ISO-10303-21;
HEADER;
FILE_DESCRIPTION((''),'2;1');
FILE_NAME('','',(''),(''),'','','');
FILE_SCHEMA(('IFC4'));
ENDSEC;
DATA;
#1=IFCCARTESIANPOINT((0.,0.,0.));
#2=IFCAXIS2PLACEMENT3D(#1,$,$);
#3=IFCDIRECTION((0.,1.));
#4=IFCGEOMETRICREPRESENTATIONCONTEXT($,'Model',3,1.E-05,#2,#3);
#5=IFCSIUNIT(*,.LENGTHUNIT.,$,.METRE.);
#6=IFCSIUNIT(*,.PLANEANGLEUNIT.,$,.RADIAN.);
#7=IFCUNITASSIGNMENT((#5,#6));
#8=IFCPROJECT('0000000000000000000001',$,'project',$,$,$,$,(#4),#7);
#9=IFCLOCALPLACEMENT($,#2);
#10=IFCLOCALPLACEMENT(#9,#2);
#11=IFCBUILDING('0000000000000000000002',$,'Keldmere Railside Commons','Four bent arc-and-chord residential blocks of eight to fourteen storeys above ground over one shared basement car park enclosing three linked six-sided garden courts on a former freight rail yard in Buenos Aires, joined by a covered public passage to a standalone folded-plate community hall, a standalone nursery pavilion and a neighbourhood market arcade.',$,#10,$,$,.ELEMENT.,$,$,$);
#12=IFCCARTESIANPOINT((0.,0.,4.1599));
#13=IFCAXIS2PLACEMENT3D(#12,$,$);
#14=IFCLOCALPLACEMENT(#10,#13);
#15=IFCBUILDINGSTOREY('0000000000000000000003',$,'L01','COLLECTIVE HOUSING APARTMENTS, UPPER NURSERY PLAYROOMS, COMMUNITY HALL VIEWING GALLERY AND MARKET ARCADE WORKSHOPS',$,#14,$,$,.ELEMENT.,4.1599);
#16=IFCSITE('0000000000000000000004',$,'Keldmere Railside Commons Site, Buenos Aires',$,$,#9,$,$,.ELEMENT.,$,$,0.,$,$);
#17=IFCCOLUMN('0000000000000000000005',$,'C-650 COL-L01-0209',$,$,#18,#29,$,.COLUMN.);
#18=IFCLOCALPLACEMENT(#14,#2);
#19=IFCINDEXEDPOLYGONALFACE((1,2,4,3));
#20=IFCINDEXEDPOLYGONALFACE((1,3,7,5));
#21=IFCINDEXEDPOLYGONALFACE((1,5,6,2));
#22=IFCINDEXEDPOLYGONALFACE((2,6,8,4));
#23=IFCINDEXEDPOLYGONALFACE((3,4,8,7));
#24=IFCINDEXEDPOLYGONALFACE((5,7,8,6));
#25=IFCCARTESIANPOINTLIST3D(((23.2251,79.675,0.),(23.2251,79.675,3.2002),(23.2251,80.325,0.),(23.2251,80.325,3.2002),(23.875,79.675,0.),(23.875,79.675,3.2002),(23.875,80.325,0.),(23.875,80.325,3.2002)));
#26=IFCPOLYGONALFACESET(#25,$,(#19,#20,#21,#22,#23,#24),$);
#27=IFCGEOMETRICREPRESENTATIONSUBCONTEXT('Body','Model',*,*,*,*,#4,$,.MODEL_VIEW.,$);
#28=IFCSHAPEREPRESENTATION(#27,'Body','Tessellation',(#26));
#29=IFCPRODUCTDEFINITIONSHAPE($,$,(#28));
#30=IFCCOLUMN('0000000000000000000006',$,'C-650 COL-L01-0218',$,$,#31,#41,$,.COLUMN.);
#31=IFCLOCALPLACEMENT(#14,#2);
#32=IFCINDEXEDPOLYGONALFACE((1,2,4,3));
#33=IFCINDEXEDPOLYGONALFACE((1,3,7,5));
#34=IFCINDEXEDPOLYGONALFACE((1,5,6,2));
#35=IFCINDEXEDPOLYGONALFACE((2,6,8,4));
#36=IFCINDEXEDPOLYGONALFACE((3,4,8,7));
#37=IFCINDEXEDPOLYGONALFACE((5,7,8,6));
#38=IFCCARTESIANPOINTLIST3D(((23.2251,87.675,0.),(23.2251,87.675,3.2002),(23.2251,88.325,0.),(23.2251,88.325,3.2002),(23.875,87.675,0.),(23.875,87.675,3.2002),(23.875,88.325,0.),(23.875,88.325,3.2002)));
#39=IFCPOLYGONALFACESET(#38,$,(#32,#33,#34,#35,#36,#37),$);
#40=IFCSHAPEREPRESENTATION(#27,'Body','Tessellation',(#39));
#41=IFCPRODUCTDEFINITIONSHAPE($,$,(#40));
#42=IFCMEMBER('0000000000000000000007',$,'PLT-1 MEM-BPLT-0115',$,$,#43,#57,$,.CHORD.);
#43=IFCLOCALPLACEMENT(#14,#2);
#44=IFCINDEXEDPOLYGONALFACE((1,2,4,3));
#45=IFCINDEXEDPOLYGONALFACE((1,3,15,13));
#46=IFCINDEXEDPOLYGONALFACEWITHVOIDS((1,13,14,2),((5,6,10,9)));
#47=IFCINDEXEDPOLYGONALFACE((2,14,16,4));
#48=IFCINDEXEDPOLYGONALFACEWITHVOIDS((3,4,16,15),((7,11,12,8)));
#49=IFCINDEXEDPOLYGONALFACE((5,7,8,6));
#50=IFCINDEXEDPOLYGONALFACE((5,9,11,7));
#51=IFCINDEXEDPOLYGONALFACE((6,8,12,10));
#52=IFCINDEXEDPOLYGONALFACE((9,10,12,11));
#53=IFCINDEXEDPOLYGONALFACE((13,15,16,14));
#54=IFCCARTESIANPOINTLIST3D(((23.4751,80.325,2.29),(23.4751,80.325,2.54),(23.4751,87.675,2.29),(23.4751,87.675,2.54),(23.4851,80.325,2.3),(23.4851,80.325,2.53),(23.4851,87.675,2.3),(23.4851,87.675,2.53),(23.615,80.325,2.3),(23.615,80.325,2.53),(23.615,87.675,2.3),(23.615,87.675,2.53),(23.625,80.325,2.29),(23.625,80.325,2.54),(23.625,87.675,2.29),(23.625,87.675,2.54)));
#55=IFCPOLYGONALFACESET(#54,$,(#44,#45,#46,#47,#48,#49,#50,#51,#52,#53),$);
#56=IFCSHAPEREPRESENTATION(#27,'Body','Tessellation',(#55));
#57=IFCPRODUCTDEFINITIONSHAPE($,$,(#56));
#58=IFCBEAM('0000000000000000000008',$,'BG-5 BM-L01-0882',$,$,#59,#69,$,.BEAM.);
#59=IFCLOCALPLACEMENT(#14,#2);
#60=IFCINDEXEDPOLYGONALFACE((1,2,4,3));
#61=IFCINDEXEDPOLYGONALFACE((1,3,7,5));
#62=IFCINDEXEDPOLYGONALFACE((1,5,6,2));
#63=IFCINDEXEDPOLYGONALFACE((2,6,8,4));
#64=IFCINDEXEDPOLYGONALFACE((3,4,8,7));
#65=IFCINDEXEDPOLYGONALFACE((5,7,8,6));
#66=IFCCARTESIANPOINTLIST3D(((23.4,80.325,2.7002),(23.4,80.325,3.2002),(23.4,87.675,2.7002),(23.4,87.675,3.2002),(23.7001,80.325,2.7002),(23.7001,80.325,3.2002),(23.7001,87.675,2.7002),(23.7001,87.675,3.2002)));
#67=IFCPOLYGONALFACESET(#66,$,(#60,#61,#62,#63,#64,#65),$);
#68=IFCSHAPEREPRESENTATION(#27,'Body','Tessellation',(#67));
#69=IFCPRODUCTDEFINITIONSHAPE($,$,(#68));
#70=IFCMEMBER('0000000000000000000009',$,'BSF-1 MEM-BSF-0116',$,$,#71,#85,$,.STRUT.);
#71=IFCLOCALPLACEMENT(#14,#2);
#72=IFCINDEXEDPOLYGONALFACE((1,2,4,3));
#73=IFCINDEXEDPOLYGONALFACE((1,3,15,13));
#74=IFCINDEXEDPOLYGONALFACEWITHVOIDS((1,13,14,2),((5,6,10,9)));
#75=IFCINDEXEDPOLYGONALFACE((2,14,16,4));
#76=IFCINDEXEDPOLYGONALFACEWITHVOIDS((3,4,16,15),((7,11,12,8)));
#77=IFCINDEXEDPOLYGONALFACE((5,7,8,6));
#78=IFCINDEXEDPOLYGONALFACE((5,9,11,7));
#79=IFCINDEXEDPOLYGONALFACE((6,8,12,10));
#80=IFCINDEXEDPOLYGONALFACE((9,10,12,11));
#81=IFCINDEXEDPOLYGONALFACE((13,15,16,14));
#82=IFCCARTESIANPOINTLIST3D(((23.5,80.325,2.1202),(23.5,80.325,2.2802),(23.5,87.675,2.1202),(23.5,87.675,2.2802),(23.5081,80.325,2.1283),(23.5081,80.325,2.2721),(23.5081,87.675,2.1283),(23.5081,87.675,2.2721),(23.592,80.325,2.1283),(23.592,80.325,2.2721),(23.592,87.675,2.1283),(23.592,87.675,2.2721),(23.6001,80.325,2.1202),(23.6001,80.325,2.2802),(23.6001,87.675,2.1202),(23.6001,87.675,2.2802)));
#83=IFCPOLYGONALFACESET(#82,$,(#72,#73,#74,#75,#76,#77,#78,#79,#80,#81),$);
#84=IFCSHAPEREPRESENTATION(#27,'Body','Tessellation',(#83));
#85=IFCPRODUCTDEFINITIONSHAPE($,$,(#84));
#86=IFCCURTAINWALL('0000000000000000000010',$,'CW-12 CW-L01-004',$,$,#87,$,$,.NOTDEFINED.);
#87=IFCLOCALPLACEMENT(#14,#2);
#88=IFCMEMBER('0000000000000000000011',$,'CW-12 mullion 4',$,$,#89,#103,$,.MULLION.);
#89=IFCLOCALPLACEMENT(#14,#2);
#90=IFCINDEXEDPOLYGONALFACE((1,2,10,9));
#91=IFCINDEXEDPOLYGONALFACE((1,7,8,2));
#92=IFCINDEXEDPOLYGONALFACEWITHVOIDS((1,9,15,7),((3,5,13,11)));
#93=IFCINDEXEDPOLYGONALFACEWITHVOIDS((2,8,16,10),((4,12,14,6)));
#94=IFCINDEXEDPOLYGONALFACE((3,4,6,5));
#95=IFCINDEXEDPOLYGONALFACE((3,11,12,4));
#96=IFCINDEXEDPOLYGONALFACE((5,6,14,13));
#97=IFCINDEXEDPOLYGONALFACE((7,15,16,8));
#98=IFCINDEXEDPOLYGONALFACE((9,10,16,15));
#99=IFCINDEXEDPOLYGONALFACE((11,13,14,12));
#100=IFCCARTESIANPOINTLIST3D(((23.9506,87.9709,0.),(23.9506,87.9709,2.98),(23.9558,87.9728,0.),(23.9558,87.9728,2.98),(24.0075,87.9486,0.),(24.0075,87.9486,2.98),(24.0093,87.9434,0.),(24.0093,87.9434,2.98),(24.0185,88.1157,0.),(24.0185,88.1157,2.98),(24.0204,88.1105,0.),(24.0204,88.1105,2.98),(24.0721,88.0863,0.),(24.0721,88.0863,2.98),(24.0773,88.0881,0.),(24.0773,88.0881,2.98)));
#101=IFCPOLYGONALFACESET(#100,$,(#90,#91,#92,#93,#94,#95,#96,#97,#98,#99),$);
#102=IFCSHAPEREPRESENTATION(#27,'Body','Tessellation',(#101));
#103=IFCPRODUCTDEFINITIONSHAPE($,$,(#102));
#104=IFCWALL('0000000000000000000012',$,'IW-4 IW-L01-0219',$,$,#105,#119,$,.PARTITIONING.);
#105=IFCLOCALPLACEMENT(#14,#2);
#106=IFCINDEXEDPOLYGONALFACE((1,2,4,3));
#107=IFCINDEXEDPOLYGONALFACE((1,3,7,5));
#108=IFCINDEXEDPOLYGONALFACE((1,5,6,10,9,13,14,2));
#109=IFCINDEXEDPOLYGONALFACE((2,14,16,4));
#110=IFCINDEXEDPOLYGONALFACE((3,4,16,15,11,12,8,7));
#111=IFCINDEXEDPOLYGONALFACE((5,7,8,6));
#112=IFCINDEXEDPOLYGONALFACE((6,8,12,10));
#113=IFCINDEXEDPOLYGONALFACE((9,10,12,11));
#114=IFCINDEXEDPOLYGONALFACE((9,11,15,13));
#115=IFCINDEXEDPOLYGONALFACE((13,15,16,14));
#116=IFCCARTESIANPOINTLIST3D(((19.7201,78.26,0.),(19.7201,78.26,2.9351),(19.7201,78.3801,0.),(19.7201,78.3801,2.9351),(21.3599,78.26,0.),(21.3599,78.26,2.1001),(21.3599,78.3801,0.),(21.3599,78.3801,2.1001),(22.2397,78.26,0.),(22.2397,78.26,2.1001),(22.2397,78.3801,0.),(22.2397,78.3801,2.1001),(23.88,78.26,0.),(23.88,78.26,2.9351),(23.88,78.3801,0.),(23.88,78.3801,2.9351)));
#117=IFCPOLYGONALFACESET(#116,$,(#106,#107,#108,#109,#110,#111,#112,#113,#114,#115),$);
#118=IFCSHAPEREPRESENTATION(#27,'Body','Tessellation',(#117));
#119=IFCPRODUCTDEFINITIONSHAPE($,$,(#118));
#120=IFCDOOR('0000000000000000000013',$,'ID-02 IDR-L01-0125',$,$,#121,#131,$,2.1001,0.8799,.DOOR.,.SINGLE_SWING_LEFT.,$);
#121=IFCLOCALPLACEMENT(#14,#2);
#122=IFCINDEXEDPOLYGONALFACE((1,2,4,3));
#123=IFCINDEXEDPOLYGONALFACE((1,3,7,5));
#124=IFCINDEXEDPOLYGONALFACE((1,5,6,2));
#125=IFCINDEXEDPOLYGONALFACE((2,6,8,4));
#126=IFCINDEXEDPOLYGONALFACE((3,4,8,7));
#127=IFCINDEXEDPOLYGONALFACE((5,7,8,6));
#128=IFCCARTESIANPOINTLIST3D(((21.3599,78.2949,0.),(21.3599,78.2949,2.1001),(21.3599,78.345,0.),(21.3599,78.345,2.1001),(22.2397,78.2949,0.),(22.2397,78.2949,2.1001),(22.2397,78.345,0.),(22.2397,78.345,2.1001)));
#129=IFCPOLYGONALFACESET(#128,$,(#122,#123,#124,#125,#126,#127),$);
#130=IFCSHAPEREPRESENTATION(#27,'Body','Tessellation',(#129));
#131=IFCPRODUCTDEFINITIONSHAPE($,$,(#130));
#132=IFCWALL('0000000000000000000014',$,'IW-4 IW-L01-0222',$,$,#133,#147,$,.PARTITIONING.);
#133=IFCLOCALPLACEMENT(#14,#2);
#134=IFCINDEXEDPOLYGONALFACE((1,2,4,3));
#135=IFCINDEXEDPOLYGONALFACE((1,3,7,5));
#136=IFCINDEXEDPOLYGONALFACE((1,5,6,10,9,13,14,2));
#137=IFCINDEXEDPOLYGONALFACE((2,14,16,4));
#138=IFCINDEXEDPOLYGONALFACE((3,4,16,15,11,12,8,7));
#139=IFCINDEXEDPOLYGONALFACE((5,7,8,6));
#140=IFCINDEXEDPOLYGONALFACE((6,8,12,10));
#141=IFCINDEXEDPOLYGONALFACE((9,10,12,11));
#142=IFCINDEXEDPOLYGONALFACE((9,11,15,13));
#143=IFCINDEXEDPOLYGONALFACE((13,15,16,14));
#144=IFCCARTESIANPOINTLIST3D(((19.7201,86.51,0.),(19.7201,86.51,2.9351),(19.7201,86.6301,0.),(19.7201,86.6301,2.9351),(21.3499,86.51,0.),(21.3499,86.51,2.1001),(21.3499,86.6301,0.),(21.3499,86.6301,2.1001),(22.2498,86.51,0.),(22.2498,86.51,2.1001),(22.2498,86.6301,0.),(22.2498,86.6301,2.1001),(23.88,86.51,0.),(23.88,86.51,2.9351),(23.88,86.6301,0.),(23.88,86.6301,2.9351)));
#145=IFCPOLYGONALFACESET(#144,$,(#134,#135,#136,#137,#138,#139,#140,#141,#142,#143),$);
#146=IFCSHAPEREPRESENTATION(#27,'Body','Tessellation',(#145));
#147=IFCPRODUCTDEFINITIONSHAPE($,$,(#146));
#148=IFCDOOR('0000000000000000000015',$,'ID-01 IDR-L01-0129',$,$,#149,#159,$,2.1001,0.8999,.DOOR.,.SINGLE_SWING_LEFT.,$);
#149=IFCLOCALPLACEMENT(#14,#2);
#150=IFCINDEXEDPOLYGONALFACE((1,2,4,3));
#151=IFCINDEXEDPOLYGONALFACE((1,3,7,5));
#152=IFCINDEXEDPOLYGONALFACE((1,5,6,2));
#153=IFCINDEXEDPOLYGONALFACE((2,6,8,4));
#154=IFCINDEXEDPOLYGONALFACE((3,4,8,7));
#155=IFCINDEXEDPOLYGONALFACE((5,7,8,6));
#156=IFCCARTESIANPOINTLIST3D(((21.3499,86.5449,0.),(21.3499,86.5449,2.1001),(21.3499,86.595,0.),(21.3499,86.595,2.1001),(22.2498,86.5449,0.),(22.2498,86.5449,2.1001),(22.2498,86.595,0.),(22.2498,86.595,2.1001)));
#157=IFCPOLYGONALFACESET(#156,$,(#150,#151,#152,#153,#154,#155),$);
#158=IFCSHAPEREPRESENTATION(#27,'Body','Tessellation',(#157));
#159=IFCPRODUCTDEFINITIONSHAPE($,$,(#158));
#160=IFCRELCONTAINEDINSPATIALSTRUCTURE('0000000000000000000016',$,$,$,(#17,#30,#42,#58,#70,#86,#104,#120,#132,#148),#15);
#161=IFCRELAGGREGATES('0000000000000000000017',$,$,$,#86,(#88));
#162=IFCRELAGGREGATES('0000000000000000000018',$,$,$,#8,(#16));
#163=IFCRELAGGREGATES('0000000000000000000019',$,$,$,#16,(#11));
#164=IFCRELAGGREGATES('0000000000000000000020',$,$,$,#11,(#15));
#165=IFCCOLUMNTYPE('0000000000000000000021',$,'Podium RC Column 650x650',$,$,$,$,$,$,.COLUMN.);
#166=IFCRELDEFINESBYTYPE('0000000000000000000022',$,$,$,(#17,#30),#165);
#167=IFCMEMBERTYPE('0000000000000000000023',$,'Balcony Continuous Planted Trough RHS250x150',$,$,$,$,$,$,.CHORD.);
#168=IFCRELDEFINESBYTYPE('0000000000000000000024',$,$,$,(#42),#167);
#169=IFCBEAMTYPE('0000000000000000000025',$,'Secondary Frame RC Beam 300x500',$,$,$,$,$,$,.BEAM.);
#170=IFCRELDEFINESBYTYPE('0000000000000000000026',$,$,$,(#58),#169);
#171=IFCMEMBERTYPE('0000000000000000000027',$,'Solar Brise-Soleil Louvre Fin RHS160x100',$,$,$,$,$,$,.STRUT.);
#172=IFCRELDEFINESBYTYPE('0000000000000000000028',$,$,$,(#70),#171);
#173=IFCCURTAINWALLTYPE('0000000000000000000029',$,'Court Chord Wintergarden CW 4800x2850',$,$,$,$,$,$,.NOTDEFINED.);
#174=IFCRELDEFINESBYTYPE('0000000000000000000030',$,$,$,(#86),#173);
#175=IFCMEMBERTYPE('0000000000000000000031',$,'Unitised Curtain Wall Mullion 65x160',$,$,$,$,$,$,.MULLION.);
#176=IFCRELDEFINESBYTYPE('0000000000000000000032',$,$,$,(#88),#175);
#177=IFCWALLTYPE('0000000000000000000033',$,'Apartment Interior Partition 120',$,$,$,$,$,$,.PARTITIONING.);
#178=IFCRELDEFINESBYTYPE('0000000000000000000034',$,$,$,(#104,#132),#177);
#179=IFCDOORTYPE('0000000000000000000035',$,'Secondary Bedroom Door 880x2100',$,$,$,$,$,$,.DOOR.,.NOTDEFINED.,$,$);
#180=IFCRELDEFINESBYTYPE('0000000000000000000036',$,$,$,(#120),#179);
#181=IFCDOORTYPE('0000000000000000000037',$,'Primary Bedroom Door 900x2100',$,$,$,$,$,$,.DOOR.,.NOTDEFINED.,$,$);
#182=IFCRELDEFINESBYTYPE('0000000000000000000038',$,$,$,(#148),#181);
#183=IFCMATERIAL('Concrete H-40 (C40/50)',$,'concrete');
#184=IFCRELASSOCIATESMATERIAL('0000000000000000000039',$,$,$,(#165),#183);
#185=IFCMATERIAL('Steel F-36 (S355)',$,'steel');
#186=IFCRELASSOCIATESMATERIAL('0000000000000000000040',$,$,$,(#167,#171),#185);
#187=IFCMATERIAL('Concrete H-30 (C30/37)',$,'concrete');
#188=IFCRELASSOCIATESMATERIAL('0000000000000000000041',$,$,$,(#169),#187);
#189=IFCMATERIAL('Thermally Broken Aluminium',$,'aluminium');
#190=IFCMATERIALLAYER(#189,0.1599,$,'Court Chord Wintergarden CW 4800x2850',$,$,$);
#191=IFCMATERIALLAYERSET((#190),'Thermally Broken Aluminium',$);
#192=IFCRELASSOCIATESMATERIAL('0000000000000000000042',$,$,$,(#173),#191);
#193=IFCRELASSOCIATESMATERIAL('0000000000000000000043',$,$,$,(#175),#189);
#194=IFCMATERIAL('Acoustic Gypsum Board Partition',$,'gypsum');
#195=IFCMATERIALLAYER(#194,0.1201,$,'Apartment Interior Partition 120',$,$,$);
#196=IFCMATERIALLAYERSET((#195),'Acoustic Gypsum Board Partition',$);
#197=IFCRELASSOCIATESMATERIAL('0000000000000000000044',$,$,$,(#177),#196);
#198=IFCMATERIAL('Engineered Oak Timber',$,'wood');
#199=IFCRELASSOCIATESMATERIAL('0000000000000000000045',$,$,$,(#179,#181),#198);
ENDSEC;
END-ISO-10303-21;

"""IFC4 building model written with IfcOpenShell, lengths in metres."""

from ifc_helpers import new_model, si_unit, direction, frame, frame_2d, origin, origin_2d, place, context, subcontext, project, spatial, rectangle, hollow_rectangle, extrude, material, layer, layer_set, material_profile, profile_set, type_object, element, fill, aggregate, save


model = new_model("IFC4")

# Units and contexts
model_context = context("Model", 3, precision=1e-05, world=origin(), true_north=direction((0.0, 1.0)))
body_context = subcontext(model_context, "Body", "Model", "MODEL_VIEW")
ifc_project = project(units=[si_unit("LENGTHUNIT", "METRE"), si_unit("PLANEANGLEUNIT", "RADIAN")], contexts=[model_context])

# Site, building, storey
site_placement = place(None, origin())
site = spatial("IfcSite", under=ifc_project, at=site_placement, Name="Keldmere Railside Commons Site, Buenos Aires", CompositionType="ELEMENT", RefElevation=0.0)
building_placement = place(site_placement, origin())
building = spatial("IfcBuilding", under=site, at=building_placement, Name="Keldmere Railside Commons", Description="Four bent arc-and-chord residential blocks of eight to fourteen storeys above ground over one shared basement car park enclosing three linked six-sided garden courts on a former freight rail yard in Buenos Aires, joined by a covered public passage to a standalone folded-plate community hall, a standalone nursery pavilion and a neighbourhood market arcade.", CompositionType="ELEMENT")
storey_placement = place(building_placement, frame((0.0, 0.0, 4.1599)))
storey = spatial("IfcBuildingStorey", under=building, at=storey_placement, Name="L01", Description="COLLECTIVE HOUSING APARTMENTS, UPPER NURSERY PLAYROOMS, COMMUNITY HALL VIEWING GALLERY AND MARKET ARCADE WORKSHOPS", CompositionType="ELEMENT", Elevation=4.1599)

# Columns
ifc_material_1 = material(Name="Concrete H-40 (C40/50)", Category="concrete")
ifc_material_profile_1 = material_profile(ifc_material_1, rectangle(XDim=0.6499, YDim=0.6499, at=origin_2d()), Name="RC-650x650")
ifc_profile_set_1 = profile_set([ifc_material_profile_1], Name="Concrete H-40 (C40/50)")
column_type = type_object("IfcColumnType", Name="Podium RC Column 650x650", PredefinedType="COLUMN", material=ifc_profile_set_1)
for number, where, z_axis, x_axis, name in (
    (1, (23.55, 80.0, 0.0), (0.0, 0.0, 1.0), (1.0, 0.0, 0.0), "C-650 COL-L01-0209"),
    (2, (23.55, 88.0, 0.0), (0.0, 0.0, 1.0), (1.0, 0.0, 0.0), "C-650 COL-L01-0218"),
):
    element("IfcColumn", number, at=place(storey_placement, frame(where, z_axis=z_axis, x_axis=x_axis)), inside=storey, type_object=column_type, Name=name, PredefinedType="COLUMN", context=body_context, shape_type="SweptSolid", body=[
        extrude(rectangle(XDim=0.6499, YDim=0.6499, at=origin_2d()), origin(), (0.0, 0.0, 1.0), 3.2002),
    ])

# Member
ifc_material_2 = material(Name="Steel F-36 (S355)", Category="steel")
ifc_material_profile_2 = material_profile(ifc_material_2, hollow_rectangle(XDim=0.1499, YDim=0.25, WallThickness=0.01, at=origin_2d()), Name="RHS-250x150x10")
ifc_profile_set_2 = profile_set([ifc_material_profile_2], Name="Steel F-36 (S355)")
member_type_1 = type_object("IfcMemberType", Name="Balcony Continuous Planted Trough RHS250x150", PredefinedType="CHORD", material=ifc_profile_set_2)
member_1_placement = place(storey_placement, frame((23.55, 80.325, 2.415), z_axis=(0.0, 1.0, 0.0), x_axis=(-1.0, 0.0, 0.0)))
element("IfcMember", 3, at=member_1_placement, inside=storey, type_object=member_type_1, Name="PLT-1 MEM-BPLT-0115", PredefinedType="CHORD", context=body_context, shape_type="SweptSolid", body=[
    extrude(hollow_rectangle(XDim=0.1499, YDim=0.25, WallThickness=0.01, at=origin_2d()), origin(), (0.0, 0.0, 1.0), 7.3501),
])

# Beam
ifc_material_3 = material(Name="Concrete H-30 (C30/37)", Category="concrete")
ifc_material_profile_3 = material_profile(ifc_material_3, rectangle(XDim=0.3, YDim=0.5, at=origin_2d()), Name="RC-300x500")
ifc_profile_set_3 = profile_set([ifc_material_profile_3], Name="Concrete H-30 (C30/37)")
beam_type = type_object("IfcBeamType", Name="Secondary Frame RC Beam 300x500", PredefinedType="BEAM", material=ifc_profile_set_3)
beam_placement = place(storey_placement, frame((23.55, 80.325, 2.9502), z_axis=(0.0, 1.0, 0.0), x_axis=(-1.0, 0.0, 0.0)))
element("IfcBeam", 4, at=beam_placement, inside=storey, type_object=beam_type, Name="BG-5 BM-L01-0882", PredefinedType="BEAM", context=body_context, shape_type="SweptSolid", body=[
    extrude(rectangle(XDim=0.3, YDim=0.5, at=origin_2d()), origin(), (0.0, 0.0, 1.0), 7.3501),
])

# Member
ifc_material_profile_4 = material_profile(ifc_material_2, hollow_rectangle(XDim=0.1001, YDim=0.1599, WallThickness=0.0081, at=origin_2d()), Name="RHS-160x100x8")
ifc_profile_set_4 = profile_set([ifc_material_profile_4], Name="Steel F-36 (S355)")
member_type_2 = type_object("IfcMemberType", Name="Solar Brise-Soleil Louvre Fin RHS160x100", PredefinedType="STRUT", material=ifc_profile_set_4)
member_2_placement = place(storey_placement, frame((23.55, 80.325, 2.2002), z_axis=(0.0, 1.0, 0.0), x_axis=(-1.0, 0.0, 0.0)))
element("IfcMember", 5, at=member_2_placement, inside=storey, type_object=member_type_2, Name="BSF-1 MEM-BSF-0116", PredefinedType="STRUT", context=body_context, shape_type="SweptSolid", body=[
    extrude(hollow_rectangle(XDim=0.1001, YDim=0.1599, WallThickness=0.0081, at=origin_2d()), origin(), (0.0, 0.0, 1.0), 7.3501),
])

# Curtain wall, member
ifc_material_4 = material(Name="Thermally Broken Aluminium", Category="aluminium")
ifc_layer_1 = layer(ifc_material_4, 0.1599, Name="Court Chord Wintergarden CW 4800x2850")
ifc_layer_set_1 = layer_set([ifc_layer_1], Name="Thermally Broken Aluminium")
curtain_wall_type = type_object("IfcCurtainWallType", Name="Court Chord Wintergarden CW 4800x2850", PredefinedType="NOTDEFINED", material=ifc_layer_set_1)
curtain_wall_placement = place(storey_placement, origin())
curtain_wall = element("IfcCurtainWall", 6, at=curtain_wall_placement, inside=storey, type_object=curtain_wall_type, Name="CW-12 CW-L01-004", PredefinedType="NOTDEFINED")
ifc_material_profile_5 = material_profile(ifc_material_4, hollow_rectangle(XDim=0.0649, YDim=0.1599, WallThickness=0.0039, at=origin_2d()), Name="ALU-MULL-65x160")
ifc_profile_set_5 = profile_set([ifc_material_profile_5], Name="Thermally Broken Aluminium")
member_type_3 = type_object("IfcMemberType", Name="Unitised Curtain Wall Mullion 65x160", PredefinedType="MULLION", material=ifc_profile_set_5)
member_3_placement = place(storey_placement, frame((24.0139, 88.0295, 0.0), z_axis=(0.0, 0.0, 1.0), x_axis=(0.905306, -0.424759, 0.0)))
member_3 = element("IfcMember", 7, at=member_3_placement, type_object=member_type_3, Name="CW-12 mullion 4", PredefinedType="MULLION", context=body_context, shape_type="SweptSolid", body=[
    extrude(hollow_rectangle(XDim=0.0649, YDim=0.1599, WallThickness=0.0039, at=origin_2d()), origin(), (0.0, 0.0, 1.0), 2.98),
])
aggregate(curtain_wall, [member_3])

# Walls, openings, doors
ifc_material_5 = material(Name="Acoustic Gypsum Board Partition", Category="gypsum")
ifc_layer_2 = layer(ifc_material_5, 0.1201, Name="Apartment Interior Partition 120")
ifc_layer_set_2 = layer_set([ifc_layer_2], Name="Acoustic Gypsum Board Partition")
wall_type_1 = type_object("IfcWallType", Name="Apartment Interior Partition 120", PredefinedType="PARTITIONING", material=ifc_layer_set_2)
wall_1_placement = place(storey_placement, frame((19.72, 78.3201, 0.0), z_axis=(0.0, 0.0, 1.0), x_axis=(1.0, 0.0, 0.0)))
wall_1 = element("IfcWall", 8, at=wall_1_placement, inside=storey, type_object=wall_type_1, Name="IW-4 IW-L01-0219", PredefinedType="PARTITIONING", context=body_context, shape_type="SweptSolid", body=[
    extrude(rectangle(XDim=4.1599, YDim=0.1201, at=frame_2d((2.0801, 0.0))), origin(), (0.0, 0.0, 1.0), 2.9351),
])
opening_1_placement = place(wall_1_placement, frame((1.6399, 0.0, 0.0)))
opening_1 = element("IfcOpeningElement", 9, at=opening_1_placement, cuts=wall_1, PredefinedType="OPENING", context=body_context, shape_type="SweptSolid", body=[
    extrude(rectangle(XDim=0.8799, YDim=2.1001, at=frame_2d((0.4399, 1.05))), frame((0.0, 0.0701, 0.0), z_axis=(0.0, -1.0, 0.0), x_axis=(1.0, 0.0, 0.0)), (0.0, 0.0, 1.0), 0.1401),
])
ifc_material_6 = material(Name="Engineered Oak Timber", Category="wood")
door_type_1 = type_object("IfcDoorType", Name="Secondary Bedroom Door 880x2100", OperationType="NOTDEFINED", PredefinedType="DOOR", material=ifc_material_6)
door_1_placement = place(opening_1_placement, origin())
door_1 = element("IfcDoor", 10, at=door_1_placement, inside=storey, type_object=door_type_1, Name="ID-02 IDR-L01-0125", OperationType="SINGLE_SWING_LEFT", OverallHeight=2.1001, OverallWidth=0.8799, PredefinedType="DOOR", context=body_context, shape_type="SweptSolid", body=[
    extrude(rectangle(XDim=0.8799, YDim=2.1001, at=frame_2d((0.4399, 1.05))), frame((0.0, 0.0249, 0.0), z_axis=(0.0, -1.0, 0.0), x_axis=(1.0, 0.0, 0.0)), (0.0, 0.0, 1.0), 0.05),
])
fill(opening_1, door_1)
wall_2_placement = place(storey_placement, frame((19.72, 86.5701, 0.0), z_axis=(0.0, 0.0, 1.0), x_axis=(1.0, 0.0, 0.0)))
wall_2 = element("IfcWall", 11, at=wall_2_placement, inside=storey, type_object=wall_type_1, Name="IW-4 IW-L01-0222", PredefinedType="PARTITIONING", context=body_context, shape_type="SweptSolid", body=[
    extrude(rectangle(XDim=4.1599, YDim=0.1201, at=frame_2d((2.0801, 0.0))), origin(), (0.0, 0.0, 1.0), 2.9351),
])
opening_2_placement = place(wall_2_placement, frame((1.6299, 0.0, 0.0)))
opening_2 = element("IfcOpeningElement", 12, at=opening_2_placement, cuts=wall_2, PredefinedType="OPENING", context=body_context, shape_type="SweptSolid", body=[
    extrude(rectangle(XDim=0.8999, YDim=2.1001, at=frame_2d((0.45, 1.05))), frame((0.0, 0.0701, 0.0), z_axis=(0.0, -1.0, 0.0), x_axis=(1.0, 0.0, 0.0)), (0.0, 0.0, 1.0), 0.1401),
])
door_type_2 = type_object("IfcDoorType", Name="Primary Bedroom Door 900x2100", OperationType="NOTDEFINED", PredefinedType="DOOR", material=ifc_material_6)
door_2_placement = place(opening_2_placement, origin())
door_2 = element("IfcDoor", 13, at=door_2_placement, inside=storey, type_object=door_type_2, Name="ID-01 IDR-L01-0129", OperationType="SINGLE_SWING_LEFT", OverallHeight=2.1001, OverallWidth=0.8999, PredefinedType="DOOR", context=body_context, shape_type="SweptSolid", body=[
    extrude(rectangle(XDim=0.8999, YDim=2.1001, at=frame_2d((0.45, 1.05))), frame((0.0, 0.0249, 0.0), z_axis=(0.0, -1.0, 0.0), x_axis=(1.0, 0.0, 0.0)), (0.0, 0.0, 1.0), 0.05),
])
fill(opening_2, door_2)

save(model, "model.ifc")
